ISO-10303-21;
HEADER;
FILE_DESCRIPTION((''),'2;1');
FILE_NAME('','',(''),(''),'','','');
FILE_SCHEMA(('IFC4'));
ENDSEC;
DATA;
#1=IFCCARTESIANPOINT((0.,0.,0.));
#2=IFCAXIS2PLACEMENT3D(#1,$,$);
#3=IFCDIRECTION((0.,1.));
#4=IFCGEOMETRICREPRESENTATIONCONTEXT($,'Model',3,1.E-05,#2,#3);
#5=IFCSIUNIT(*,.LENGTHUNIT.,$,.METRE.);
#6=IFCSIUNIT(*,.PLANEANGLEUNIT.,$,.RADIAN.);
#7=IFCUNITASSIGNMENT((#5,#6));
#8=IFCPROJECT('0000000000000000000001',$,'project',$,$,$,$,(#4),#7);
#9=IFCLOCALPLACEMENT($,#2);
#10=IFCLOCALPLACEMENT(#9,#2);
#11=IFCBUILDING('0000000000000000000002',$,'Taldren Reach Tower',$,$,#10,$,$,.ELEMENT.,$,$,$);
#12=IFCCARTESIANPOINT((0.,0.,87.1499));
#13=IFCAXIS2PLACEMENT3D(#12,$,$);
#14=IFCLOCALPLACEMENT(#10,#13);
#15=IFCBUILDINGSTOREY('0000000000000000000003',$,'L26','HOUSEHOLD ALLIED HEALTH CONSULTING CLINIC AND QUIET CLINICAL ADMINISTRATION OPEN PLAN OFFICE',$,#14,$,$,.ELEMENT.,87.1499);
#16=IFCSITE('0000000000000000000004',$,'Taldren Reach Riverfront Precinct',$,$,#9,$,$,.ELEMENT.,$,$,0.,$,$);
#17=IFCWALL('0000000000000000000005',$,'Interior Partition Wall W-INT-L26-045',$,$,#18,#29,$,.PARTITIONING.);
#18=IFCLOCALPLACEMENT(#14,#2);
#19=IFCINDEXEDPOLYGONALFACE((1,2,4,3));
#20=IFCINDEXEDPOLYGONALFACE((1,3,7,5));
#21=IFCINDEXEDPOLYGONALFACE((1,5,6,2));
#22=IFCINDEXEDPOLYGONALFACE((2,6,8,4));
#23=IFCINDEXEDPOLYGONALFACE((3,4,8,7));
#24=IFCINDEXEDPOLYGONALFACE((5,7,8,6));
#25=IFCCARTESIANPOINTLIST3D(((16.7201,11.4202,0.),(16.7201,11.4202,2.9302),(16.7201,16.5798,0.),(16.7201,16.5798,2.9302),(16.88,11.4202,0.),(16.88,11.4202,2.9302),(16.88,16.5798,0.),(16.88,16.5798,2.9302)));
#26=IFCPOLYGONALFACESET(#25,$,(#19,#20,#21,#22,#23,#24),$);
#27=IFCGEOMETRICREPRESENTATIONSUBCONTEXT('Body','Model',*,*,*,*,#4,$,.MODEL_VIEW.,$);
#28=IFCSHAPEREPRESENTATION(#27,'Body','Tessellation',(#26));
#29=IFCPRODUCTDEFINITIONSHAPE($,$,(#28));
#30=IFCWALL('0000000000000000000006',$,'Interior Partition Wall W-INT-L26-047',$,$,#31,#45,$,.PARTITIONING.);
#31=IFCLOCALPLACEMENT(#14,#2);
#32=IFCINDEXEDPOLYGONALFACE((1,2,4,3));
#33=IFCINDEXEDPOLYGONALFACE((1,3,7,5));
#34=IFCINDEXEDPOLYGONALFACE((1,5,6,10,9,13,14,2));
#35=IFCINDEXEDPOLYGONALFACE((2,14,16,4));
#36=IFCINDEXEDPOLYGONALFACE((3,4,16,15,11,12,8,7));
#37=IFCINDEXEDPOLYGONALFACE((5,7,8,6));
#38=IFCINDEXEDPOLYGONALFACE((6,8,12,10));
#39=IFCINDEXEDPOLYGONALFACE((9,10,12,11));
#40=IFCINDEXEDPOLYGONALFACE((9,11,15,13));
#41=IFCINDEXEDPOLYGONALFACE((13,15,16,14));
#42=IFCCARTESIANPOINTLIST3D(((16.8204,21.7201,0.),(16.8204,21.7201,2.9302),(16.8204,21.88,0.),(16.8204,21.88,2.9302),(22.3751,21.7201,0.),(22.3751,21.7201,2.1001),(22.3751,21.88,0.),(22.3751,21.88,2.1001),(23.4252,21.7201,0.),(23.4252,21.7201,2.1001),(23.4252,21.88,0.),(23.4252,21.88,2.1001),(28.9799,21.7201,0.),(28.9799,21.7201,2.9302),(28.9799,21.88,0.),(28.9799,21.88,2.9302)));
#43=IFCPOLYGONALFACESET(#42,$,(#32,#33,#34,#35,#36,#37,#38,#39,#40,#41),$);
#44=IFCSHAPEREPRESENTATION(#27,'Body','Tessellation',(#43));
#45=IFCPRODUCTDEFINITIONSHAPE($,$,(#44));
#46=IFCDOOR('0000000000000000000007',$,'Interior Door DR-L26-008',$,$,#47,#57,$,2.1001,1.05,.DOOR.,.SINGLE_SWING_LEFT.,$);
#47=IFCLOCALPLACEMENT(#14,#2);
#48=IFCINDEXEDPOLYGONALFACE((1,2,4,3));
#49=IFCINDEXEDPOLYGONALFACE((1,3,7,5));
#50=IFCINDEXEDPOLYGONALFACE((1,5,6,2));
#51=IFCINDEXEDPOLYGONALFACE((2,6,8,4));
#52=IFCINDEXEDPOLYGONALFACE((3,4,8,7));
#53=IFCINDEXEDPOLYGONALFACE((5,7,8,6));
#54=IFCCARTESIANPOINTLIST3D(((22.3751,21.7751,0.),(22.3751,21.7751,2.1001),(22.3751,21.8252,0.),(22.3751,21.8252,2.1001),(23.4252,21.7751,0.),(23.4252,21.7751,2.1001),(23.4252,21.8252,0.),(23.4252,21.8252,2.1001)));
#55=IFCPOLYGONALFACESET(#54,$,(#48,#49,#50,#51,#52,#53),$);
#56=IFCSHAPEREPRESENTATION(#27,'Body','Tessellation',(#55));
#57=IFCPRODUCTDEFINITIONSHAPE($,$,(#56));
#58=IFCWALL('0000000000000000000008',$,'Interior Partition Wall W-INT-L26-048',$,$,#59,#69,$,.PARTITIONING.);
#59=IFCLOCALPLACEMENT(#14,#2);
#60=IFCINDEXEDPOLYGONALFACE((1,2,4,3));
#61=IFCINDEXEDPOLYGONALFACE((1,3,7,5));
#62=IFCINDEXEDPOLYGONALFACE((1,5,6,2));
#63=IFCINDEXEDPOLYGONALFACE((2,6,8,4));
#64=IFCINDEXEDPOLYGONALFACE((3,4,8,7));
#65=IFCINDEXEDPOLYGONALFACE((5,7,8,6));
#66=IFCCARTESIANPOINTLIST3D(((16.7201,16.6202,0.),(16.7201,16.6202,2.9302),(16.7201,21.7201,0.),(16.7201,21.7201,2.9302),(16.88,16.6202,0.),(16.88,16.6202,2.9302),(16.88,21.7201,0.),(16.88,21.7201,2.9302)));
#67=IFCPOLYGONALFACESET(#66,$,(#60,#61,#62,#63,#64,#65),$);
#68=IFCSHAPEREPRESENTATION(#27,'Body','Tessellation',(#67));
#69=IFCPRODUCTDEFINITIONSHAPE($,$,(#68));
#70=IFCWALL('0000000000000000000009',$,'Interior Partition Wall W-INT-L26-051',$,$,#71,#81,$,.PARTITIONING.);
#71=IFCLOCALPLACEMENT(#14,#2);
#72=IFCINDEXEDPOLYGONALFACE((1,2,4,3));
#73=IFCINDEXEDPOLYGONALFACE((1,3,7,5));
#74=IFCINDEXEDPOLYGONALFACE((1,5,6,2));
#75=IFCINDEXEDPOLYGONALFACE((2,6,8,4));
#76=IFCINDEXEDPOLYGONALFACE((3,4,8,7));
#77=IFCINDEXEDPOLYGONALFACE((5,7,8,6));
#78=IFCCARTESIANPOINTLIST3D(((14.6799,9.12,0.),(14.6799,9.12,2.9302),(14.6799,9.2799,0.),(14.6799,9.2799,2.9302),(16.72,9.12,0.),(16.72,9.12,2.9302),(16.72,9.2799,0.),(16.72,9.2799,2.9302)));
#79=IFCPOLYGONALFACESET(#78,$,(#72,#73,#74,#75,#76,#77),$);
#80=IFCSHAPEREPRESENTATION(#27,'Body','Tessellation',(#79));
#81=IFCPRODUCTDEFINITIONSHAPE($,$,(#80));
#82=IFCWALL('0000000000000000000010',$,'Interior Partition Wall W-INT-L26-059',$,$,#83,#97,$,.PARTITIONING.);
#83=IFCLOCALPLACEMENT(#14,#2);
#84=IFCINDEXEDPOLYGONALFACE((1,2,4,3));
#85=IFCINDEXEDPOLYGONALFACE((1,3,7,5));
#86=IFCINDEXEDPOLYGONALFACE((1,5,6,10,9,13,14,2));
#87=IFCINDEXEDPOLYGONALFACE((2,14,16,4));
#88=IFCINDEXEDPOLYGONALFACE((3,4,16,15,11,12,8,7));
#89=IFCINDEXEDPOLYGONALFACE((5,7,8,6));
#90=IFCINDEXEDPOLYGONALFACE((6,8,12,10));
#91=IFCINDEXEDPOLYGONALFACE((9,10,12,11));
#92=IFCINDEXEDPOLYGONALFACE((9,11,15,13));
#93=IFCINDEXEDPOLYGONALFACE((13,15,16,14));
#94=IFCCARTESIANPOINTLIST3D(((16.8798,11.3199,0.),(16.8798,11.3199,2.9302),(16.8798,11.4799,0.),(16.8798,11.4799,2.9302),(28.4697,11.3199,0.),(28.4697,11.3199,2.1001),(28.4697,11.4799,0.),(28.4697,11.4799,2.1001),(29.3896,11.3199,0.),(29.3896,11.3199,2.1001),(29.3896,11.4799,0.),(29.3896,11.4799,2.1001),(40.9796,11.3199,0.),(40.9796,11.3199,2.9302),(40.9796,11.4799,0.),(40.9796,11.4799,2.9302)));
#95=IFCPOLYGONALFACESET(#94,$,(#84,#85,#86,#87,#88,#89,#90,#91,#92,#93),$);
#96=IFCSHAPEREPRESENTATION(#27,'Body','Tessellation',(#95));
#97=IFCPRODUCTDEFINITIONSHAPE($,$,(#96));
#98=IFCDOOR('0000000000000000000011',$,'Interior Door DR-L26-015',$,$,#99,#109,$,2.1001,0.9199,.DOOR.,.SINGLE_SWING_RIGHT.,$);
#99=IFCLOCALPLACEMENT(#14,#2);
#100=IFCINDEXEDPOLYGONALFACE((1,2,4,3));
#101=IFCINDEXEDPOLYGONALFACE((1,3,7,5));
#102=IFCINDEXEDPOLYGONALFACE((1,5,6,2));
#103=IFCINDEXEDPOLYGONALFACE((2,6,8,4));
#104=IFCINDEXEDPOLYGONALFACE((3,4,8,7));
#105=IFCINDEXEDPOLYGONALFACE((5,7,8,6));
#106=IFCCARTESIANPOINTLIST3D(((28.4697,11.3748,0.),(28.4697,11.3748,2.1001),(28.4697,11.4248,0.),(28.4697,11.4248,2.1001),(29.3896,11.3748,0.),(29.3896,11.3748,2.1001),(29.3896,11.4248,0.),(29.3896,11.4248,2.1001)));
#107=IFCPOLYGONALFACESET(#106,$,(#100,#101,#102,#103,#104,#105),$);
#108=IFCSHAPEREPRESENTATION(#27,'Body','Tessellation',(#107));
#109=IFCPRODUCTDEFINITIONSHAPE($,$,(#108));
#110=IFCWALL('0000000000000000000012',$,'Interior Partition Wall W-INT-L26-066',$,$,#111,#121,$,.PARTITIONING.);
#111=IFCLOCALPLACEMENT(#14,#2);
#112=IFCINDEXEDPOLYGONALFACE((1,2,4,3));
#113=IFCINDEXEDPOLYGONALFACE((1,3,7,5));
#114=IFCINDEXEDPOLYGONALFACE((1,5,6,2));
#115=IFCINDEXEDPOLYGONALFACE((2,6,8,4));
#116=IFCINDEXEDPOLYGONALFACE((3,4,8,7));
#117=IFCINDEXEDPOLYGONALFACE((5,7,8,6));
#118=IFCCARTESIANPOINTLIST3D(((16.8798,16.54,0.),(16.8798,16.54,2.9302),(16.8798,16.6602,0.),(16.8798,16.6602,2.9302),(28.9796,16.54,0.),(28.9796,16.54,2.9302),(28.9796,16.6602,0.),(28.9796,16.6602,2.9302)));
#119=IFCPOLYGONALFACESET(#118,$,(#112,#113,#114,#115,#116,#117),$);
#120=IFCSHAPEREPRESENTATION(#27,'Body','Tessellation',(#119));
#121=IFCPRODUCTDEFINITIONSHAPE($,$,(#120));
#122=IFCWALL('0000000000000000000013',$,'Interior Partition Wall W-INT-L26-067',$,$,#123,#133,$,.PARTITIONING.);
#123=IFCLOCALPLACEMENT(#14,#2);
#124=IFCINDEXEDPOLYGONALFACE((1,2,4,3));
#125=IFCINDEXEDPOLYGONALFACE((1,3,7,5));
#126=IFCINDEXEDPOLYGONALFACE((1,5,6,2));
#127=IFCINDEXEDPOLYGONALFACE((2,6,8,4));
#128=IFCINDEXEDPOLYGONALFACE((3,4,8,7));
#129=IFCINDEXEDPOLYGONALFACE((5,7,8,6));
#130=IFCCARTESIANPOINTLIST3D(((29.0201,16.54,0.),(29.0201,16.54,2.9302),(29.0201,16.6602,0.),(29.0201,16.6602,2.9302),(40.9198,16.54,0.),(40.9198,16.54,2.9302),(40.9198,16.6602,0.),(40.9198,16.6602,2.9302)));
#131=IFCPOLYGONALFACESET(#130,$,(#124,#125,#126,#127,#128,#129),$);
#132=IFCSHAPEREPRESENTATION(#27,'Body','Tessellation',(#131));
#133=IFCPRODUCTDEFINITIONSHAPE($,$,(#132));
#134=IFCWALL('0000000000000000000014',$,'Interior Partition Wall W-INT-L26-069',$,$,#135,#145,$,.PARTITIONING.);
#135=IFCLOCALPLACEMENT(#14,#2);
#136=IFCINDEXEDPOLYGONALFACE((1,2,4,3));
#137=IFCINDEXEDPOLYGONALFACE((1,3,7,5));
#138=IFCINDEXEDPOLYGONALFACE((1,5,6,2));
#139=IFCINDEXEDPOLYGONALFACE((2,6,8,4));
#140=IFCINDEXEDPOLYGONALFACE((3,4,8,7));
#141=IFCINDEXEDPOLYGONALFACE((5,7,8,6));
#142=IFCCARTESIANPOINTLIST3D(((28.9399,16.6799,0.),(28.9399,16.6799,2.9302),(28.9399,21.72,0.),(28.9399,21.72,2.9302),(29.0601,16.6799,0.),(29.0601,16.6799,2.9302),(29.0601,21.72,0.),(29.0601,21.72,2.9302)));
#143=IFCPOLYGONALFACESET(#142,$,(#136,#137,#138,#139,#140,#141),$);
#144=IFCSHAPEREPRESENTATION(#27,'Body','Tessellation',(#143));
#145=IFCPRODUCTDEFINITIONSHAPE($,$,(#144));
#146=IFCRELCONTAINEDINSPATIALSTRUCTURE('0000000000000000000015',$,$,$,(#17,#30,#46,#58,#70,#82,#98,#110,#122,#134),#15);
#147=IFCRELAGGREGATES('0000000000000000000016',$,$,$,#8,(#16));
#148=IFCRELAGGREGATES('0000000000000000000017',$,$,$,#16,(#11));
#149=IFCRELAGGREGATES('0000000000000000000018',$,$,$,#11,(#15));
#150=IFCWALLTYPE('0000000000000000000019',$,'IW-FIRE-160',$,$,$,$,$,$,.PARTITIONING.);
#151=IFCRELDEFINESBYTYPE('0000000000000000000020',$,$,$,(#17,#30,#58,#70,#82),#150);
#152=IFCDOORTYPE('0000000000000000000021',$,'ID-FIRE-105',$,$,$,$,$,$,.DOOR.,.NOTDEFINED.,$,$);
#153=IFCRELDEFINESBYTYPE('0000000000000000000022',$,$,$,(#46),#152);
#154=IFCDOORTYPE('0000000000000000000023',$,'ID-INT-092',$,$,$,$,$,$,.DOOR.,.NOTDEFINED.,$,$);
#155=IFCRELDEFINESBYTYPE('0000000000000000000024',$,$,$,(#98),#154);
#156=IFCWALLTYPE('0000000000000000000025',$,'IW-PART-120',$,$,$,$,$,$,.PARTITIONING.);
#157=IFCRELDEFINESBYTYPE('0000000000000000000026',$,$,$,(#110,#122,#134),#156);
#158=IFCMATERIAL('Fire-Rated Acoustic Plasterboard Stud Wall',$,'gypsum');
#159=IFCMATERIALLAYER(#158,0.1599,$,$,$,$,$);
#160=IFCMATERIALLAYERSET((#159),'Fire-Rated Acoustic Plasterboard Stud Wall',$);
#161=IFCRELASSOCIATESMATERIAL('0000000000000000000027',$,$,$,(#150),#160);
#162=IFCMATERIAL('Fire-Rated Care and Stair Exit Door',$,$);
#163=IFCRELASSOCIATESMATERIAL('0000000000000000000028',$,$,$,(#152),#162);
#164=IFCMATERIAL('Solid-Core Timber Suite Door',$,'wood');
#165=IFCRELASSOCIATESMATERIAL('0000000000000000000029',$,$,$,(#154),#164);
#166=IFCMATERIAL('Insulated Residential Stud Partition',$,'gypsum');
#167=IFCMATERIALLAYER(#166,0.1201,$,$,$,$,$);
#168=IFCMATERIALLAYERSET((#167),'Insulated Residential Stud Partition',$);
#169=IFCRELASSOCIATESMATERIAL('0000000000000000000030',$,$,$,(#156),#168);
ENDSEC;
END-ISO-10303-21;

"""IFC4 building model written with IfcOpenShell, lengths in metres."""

from ifc_helpers import new_model, si_unit, direction, frame, frame_2d, origin, place, context, subcontext, project, spatial, rectangle, extrude, source, transform, mapped, material, layer, layer_set, type_object, element, fill, save


model = new_model("IFC4")

# Units and contexts
model_context = context("Model", 3, precision=1e-05, world=origin(), true_north=direction((0.0, 1.0)))
body_context = subcontext(model_context, "Body", "Model", "MODEL_VIEW")
ifc_project = project(units=[si_unit("LENGTHUNIT", "METRE"), si_unit("PLANEANGLEUNIT", "RADIAN")], contexts=[model_context])

# Site, building, storey
site_placement = place(None, origin())
site = spatial("IfcSite", under=ifc_project, at=site_placement, Name="Taldren Reach Riverfront Precinct", CompositionType="ELEMENT", RefElevation=0.0)
building_placement = place(site_placement, origin())
building = spatial("IfcBuilding", under=site, at=building_placement, Name="Taldren Reach Tower", CompositionType="ELEMENT")
storey_placement = place(building_placement, frame((0.0, 0.0, 87.1499)))
storey = spatial("IfcBuildingStorey", under=building, at=storey_placement, Name="L26", Description="HOUSEHOLD ALLIED HEALTH CONSULTING CLINIC AND QUIET CLINICAL ADMINISTRATION OPEN PLAN OFFICE", CompositionType="ELEMENT", Elevation=87.1499)

# Wall
ifc_material_1 = material(Name="Fire-Rated Acoustic Plasterboard Stud Wall", Category="gypsum")
ifc_layer_1 = layer(ifc_material_1, 0.1599)
ifc_layer_set_1 = layer_set([ifc_layer_1], Name="Fire-Rated Acoustic Plasterboard Stud Wall")
wall_type_1 = type_object("IfcWallType", Name="IW-FIRE-160", PredefinedType="PARTITIONING", material=ifc_layer_set_1)
shared_shape_1 = source(origin(), body_context, "Body", "SweptSolid", [
    extrude(rectangle(XDim=5.1597, YDim=0.1599, at=frame_2d((2.5798, 0.0))), origin(), (0.0, 0.0, 1.0), 2.9302),
])
wall_1_placement = place(storey_placement, frame((16.8, 16.5798, 0.0), z_axis=(0.0, 0.0, 1.0), x_axis=(0.0, -1.0, 0.0)))
element("IfcWall", 1, at=wall_1_placement, inside=storey, type_object=wall_type_1, Name="Interior Partition Wall W-INT-L26-045", PredefinedType="PARTITIONING", context=body_context, shape_type="MappedRepresentation", body=[
    mapped(shared_shape_1, transform((0.0, 0.0, 0.0), scale=1.0)),
])

# Wall, opening, door
shared_shape_2 = source(origin(), body_context, "Body", "SweptSolid", [
    extrude(rectangle(XDim=12.1594, YDim=0.1599, at=frame_2d((6.0796, 0.0))), origin(), (0.0, 0.0, 1.0), 2.9302),
])
wall_2_placement = place(storey_placement, frame((28.9797, 21.8, 0.0), z_axis=(0.0, 0.0, 1.0), x_axis=(-1.0, 0.0, 0.0)))
wall_2 = element("IfcWall", 2, at=wall_2_placement, inside=storey, type_object=wall_type_1, Name="Interior Partition Wall W-INT-L26-047", PredefinedType="PARTITIONING", context=body_context, shape_type="MappedRepresentation", body=[
    mapped(shared_shape_2, transform((0.0, 0.0, 0.0), scale=1.0)),
])
shared_shape_3 = source(origin(), body_context, "Body", "SweptSolid", [
    extrude(rectangle(XDim=1.05, YDim=2.1001, at=frame_2d((0.5249, 1.05))), frame((0.0, 0.0898, 0.0), z_axis=(0.0, -1.0, 0.0), x_axis=(1.0, 0.0, 0.0)), (0.0, 0.0, 1.0), 0.1799),
])
opening_1_placement = place(wall_2_placement, frame((5.5547, 0.0, 0.0)))
opening_1 = element("IfcOpeningElement", 3, at=opening_1_placement, cuts=wall_2, PredefinedType="OPENING", context=body_context, shape_type="MappedRepresentation", body=[
    mapped(shared_shape_3, transform((0.0, 0.0, 0.0), scale=1.0)),
])
ifc_material_2 = material(Name="Fire-Rated Care and Stair Exit Door")
door_type_1 = type_object("IfcDoorType", Name="ID-FIRE-105", OperationType="NOTDEFINED", PredefinedType="DOOR", material=ifc_material_2)
shared_shape_4 = source(origin(), body_context, "Body", "SweptSolid", [
    extrude(rectangle(XDim=1.05, YDim=2.1001, at=frame_2d((0.5249, 1.05))), frame((0.0, 0.0249, 0.0), z_axis=(0.0, -1.0, 0.0), x_axis=(1.0, 0.0, 0.0)), (0.0, 0.0, 1.0), 0.05),
])
door_1_placement = place(opening_1_placement, origin())
door_1 = element("IfcDoor", 4, at=door_1_placement, inside=storey, type_object=door_type_1, Name="Interior Door DR-L26-008", OperationType="SINGLE_SWING_LEFT", OverallHeight=2.1001, OverallWidth=1.05, PredefinedType="DOOR", context=body_context, shape_type="MappedRepresentation", body=[
    mapped(shared_shape_4, transform((0.0, 0.0, 0.0), scale=1.0)),
])
fill(opening_1, door_1)

# Walls
shared_shape_5 = source(origin(), body_context, "Body", "SweptSolid", [
    extrude(rectangle(XDim=5.0999, YDim=0.1599, at=frame_2d((2.5498, 0.0))), origin(), (0.0, 0.0, 1.0), 2.9302),
])
wall_3_placement = place(storey_placement, frame((16.8, 21.72, 0.0), z_axis=(0.0, 0.0, 1.0), x_axis=(0.0, -1.0, 0.0)))
element("IfcWall", 5, at=wall_3_placement, inside=storey, type_object=wall_type_1, Name="Interior Partition Wall W-INT-L26-048", PredefinedType="PARTITIONING", context=body_context, shape_type="MappedRepresentation", body=[
    mapped(shared_shape_5, transform((0.0, 0.0, 0.0), scale=1.0)),
])
shared_shape_6 = source(origin(), body_context, "Body", "SweptSolid", [
    extrude(rectangle(XDim=2.04, YDim=0.1599, at=frame_2d((1.02, 0.0))), origin(), (0.0, 0.0, 1.0), 2.9302),
])
wall_4_placement = place(storey_placement, frame((16.72, 9.2, 0.0), z_axis=(0.0, 0.0, 1.0), x_axis=(-1.0, 0.0, 0.0)))
element("IfcWall", 6, at=wall_4_placement, inside=storey, type_object=wall_type_1, Name="Interior Partition Wall W-INT-L26-051", PredefinedType="PARTITIONING", context=body_context, shape_type="MappedRepresentation", body=[
    mapped(shared_shape_6, transform((0.0, 0.0, 0.0), scale=1.0)),
])

# Wall, opening, door
shared_shape_7 = source(origin(), body_context, "Body", "SweptSolid", [
    extrude(rectangle(XDim=24.0999, YDim=0.1599, at=frame_2d((12.0498, 0.0))), origin(), (0.0, 0.0, 1.0), 2.9302),
])
wall_5_placement = place(storey_placement, frame((16.8799, 11.3999, 0.0), z_axis=(0.0, 0.0, 1.0), x_axis=(1.0, 0.0, 0.0)))
wall_5 = element("IfcWall", 7, at=wall_5_placement, inside=storey, type_object=wall_type_1, Name="Interior Partition Wall W-INT-L26-059", PredefinedType="PARTITIONING", context=body_context, shape_type="MappedRepresentation", body=[
    mapped(shared_shape_7, transform((0.0, 0.0, 0.0), scale=1.0)),
])
shared_shape_8 = source(origin(), body_context, "Body", "SweptSolid", [
    extrude(rectangle(XDim=0.9199, YDim=2.1001, at=frame_2d((0.46, 1.05))), frame((0.0, 0.0898, 0.0), z_axis=(0.0, -1.0, 0.0), x_axis=(1.0, 0.0, 0.0)), (0.0, 0.0, 1.0), 0.1799),
])
opening_2_placement = place(wall_5_placement, frame((11.5898, 0.0, 0.0)))
opening_2 = element("IfcOpeningElement", 8, at=opening_2_placement, cuts=wall_5, PredefinedType="OPENING", context=body_context, shape_type="MappedRepresentation", body=[
    mapped(shared_shape_8, transform((0.0, 0.0, 0.0), scale=1.0)),
])
ifc_material_3 = material(Name="Solid-Core Timber Suite Door", Category="wood")
door_type_2 = type_object("IfcDoorType", Name="ID-INT-092", OperationType="NOTDEFINED", PredefinedType="DOOR", material=ifc_material_3)
shared_shape_9 = source(origin(), body_context, "Body", "SweptSolid", [
    extrude(rectangle(XDim=0.9199, YDim=2.1001, at=frame_2d((0.46, 1.05))), frame((0.0, 0.0249, 0.0), z_axis=(0.0, -1.0, 0.0), x_axis=(1.0, 0.0, 0.0)), (0.0, 0.0, 1.0), 0.05),
])
door_2_placement = place(opening_2_placement, origin())
door_2 = element("IfcDoor", 9, at=door_2_placement, inside=storey, type_object=door_type_2, Name="Interior Door DR-L26-015", OperationType="SINGLE_SWING_RIGHT", OverallHeight=2.1001, OverallWidth=0.9199, PredefinedType="DOOR", context=body_context, shape_type="MappedRepresentation", body=[
    mapped(shared_shape_9, transform((0.0, 0.0, 0.0), scale=1.0)),
])
fill(opening_2, door_2)

# Walls
ifc_material_4 = material(Name="Insulated Residential Stud Partition", Category="gypsum")
ifc_layer_2 = layer(ifc_material_4, 0.1201)
ifc_layer_set_2 = layer_set([ifc_layer_2], Name="Insulated Residential Stud Partition")
wall_type_2 = type_object("IfcWallType", Name="IW-PART-120", PredefinedType="PARTITIONING", material=ifc_layer_set_2)
shared_shape_10 = source(origin(), body_context, "Body", "SweptSolid", [
    extrude(rectangle(XDim=12.0999, YDim=0.1201, at=frame_2d((6.0498, 0.0))), origin(), (0.0, 0.0, 1.0), 2.9302),
])
wall_6_placement = place(storey_placement, frame((16.8799, 16.6001, 0.0), z_axis=(0.0, 0.0, 1.0), x_axis=(1.0, 0.0, 0.0)))
element("IfcWall", 10, at=wall_6_placement, inside=storey, type_object=wall_type_2, Name="Interior Partition Wall W-INT-L26-066", PredefinedType="PARTITIONING", context=body_context, shape_type="MappedRepresentation", body=[
    mapped(shared_shape_10, transform((0.0, 0.0, 0.0), scale=1.0)),
])
shared_shape_11 = source(origin(), body_context, "Body", "SweptSolid", [
    extrude(rectangle(XDim=11.8997, YDim=0.1201, at=frame_2d((5.9497, 0.0))), origin(), (0.0, 0.0, 1.0), 2.9302),
])
wall_7_placement = place(storey_placement, frame((29.0203, 16.6001, 0.0), z_axis=(0.0, 0.0, 1.0), x_axis=(1.0, 0.0, 0.0)))
element("IfcWall", 11, at=wall_7_placement, inside=storey, type_object=wall_type_2, Name="Interior Partition Wall W-INT-L26-067", PredefinedType="PARTITIONING", context=body_context, shape_type="MappedRepresentation", body=[
    mapped(shared_shape_11, transform((0.0, 0.0, 0.0), scale=1.0)),
])
shared_shape_12 = source(origin(), body_context, "Body", "SweptSolid", [
    extrude(rectangle(XDim=5.04, YDim=0.1201, at=frame_2d((2.52, 0.0))), origin(), (0.0, 0.0, 1.0), 2.9302),
])
wall_8_placement = place(storey_placement, frame((29.0, 21.72, 0.0), z_axis=(0.0, 0.0, 1.0), x_axis=(0.0, -1.0, 0.0)))
element("IfcWall", 12, at=wall_8_placement, inside=storey, type_object=wall_type_2, Name="Interior Partition Wall W-INT-L26-069", PredefinedType="PARTITIONING", context=body_context, shape_type="MappedRepresentation", body=[
    mapped(shared_shape_12, transform((0.0, 0.0, 0.0), scale=1.0)),
])

save(model, "model.ifc")
